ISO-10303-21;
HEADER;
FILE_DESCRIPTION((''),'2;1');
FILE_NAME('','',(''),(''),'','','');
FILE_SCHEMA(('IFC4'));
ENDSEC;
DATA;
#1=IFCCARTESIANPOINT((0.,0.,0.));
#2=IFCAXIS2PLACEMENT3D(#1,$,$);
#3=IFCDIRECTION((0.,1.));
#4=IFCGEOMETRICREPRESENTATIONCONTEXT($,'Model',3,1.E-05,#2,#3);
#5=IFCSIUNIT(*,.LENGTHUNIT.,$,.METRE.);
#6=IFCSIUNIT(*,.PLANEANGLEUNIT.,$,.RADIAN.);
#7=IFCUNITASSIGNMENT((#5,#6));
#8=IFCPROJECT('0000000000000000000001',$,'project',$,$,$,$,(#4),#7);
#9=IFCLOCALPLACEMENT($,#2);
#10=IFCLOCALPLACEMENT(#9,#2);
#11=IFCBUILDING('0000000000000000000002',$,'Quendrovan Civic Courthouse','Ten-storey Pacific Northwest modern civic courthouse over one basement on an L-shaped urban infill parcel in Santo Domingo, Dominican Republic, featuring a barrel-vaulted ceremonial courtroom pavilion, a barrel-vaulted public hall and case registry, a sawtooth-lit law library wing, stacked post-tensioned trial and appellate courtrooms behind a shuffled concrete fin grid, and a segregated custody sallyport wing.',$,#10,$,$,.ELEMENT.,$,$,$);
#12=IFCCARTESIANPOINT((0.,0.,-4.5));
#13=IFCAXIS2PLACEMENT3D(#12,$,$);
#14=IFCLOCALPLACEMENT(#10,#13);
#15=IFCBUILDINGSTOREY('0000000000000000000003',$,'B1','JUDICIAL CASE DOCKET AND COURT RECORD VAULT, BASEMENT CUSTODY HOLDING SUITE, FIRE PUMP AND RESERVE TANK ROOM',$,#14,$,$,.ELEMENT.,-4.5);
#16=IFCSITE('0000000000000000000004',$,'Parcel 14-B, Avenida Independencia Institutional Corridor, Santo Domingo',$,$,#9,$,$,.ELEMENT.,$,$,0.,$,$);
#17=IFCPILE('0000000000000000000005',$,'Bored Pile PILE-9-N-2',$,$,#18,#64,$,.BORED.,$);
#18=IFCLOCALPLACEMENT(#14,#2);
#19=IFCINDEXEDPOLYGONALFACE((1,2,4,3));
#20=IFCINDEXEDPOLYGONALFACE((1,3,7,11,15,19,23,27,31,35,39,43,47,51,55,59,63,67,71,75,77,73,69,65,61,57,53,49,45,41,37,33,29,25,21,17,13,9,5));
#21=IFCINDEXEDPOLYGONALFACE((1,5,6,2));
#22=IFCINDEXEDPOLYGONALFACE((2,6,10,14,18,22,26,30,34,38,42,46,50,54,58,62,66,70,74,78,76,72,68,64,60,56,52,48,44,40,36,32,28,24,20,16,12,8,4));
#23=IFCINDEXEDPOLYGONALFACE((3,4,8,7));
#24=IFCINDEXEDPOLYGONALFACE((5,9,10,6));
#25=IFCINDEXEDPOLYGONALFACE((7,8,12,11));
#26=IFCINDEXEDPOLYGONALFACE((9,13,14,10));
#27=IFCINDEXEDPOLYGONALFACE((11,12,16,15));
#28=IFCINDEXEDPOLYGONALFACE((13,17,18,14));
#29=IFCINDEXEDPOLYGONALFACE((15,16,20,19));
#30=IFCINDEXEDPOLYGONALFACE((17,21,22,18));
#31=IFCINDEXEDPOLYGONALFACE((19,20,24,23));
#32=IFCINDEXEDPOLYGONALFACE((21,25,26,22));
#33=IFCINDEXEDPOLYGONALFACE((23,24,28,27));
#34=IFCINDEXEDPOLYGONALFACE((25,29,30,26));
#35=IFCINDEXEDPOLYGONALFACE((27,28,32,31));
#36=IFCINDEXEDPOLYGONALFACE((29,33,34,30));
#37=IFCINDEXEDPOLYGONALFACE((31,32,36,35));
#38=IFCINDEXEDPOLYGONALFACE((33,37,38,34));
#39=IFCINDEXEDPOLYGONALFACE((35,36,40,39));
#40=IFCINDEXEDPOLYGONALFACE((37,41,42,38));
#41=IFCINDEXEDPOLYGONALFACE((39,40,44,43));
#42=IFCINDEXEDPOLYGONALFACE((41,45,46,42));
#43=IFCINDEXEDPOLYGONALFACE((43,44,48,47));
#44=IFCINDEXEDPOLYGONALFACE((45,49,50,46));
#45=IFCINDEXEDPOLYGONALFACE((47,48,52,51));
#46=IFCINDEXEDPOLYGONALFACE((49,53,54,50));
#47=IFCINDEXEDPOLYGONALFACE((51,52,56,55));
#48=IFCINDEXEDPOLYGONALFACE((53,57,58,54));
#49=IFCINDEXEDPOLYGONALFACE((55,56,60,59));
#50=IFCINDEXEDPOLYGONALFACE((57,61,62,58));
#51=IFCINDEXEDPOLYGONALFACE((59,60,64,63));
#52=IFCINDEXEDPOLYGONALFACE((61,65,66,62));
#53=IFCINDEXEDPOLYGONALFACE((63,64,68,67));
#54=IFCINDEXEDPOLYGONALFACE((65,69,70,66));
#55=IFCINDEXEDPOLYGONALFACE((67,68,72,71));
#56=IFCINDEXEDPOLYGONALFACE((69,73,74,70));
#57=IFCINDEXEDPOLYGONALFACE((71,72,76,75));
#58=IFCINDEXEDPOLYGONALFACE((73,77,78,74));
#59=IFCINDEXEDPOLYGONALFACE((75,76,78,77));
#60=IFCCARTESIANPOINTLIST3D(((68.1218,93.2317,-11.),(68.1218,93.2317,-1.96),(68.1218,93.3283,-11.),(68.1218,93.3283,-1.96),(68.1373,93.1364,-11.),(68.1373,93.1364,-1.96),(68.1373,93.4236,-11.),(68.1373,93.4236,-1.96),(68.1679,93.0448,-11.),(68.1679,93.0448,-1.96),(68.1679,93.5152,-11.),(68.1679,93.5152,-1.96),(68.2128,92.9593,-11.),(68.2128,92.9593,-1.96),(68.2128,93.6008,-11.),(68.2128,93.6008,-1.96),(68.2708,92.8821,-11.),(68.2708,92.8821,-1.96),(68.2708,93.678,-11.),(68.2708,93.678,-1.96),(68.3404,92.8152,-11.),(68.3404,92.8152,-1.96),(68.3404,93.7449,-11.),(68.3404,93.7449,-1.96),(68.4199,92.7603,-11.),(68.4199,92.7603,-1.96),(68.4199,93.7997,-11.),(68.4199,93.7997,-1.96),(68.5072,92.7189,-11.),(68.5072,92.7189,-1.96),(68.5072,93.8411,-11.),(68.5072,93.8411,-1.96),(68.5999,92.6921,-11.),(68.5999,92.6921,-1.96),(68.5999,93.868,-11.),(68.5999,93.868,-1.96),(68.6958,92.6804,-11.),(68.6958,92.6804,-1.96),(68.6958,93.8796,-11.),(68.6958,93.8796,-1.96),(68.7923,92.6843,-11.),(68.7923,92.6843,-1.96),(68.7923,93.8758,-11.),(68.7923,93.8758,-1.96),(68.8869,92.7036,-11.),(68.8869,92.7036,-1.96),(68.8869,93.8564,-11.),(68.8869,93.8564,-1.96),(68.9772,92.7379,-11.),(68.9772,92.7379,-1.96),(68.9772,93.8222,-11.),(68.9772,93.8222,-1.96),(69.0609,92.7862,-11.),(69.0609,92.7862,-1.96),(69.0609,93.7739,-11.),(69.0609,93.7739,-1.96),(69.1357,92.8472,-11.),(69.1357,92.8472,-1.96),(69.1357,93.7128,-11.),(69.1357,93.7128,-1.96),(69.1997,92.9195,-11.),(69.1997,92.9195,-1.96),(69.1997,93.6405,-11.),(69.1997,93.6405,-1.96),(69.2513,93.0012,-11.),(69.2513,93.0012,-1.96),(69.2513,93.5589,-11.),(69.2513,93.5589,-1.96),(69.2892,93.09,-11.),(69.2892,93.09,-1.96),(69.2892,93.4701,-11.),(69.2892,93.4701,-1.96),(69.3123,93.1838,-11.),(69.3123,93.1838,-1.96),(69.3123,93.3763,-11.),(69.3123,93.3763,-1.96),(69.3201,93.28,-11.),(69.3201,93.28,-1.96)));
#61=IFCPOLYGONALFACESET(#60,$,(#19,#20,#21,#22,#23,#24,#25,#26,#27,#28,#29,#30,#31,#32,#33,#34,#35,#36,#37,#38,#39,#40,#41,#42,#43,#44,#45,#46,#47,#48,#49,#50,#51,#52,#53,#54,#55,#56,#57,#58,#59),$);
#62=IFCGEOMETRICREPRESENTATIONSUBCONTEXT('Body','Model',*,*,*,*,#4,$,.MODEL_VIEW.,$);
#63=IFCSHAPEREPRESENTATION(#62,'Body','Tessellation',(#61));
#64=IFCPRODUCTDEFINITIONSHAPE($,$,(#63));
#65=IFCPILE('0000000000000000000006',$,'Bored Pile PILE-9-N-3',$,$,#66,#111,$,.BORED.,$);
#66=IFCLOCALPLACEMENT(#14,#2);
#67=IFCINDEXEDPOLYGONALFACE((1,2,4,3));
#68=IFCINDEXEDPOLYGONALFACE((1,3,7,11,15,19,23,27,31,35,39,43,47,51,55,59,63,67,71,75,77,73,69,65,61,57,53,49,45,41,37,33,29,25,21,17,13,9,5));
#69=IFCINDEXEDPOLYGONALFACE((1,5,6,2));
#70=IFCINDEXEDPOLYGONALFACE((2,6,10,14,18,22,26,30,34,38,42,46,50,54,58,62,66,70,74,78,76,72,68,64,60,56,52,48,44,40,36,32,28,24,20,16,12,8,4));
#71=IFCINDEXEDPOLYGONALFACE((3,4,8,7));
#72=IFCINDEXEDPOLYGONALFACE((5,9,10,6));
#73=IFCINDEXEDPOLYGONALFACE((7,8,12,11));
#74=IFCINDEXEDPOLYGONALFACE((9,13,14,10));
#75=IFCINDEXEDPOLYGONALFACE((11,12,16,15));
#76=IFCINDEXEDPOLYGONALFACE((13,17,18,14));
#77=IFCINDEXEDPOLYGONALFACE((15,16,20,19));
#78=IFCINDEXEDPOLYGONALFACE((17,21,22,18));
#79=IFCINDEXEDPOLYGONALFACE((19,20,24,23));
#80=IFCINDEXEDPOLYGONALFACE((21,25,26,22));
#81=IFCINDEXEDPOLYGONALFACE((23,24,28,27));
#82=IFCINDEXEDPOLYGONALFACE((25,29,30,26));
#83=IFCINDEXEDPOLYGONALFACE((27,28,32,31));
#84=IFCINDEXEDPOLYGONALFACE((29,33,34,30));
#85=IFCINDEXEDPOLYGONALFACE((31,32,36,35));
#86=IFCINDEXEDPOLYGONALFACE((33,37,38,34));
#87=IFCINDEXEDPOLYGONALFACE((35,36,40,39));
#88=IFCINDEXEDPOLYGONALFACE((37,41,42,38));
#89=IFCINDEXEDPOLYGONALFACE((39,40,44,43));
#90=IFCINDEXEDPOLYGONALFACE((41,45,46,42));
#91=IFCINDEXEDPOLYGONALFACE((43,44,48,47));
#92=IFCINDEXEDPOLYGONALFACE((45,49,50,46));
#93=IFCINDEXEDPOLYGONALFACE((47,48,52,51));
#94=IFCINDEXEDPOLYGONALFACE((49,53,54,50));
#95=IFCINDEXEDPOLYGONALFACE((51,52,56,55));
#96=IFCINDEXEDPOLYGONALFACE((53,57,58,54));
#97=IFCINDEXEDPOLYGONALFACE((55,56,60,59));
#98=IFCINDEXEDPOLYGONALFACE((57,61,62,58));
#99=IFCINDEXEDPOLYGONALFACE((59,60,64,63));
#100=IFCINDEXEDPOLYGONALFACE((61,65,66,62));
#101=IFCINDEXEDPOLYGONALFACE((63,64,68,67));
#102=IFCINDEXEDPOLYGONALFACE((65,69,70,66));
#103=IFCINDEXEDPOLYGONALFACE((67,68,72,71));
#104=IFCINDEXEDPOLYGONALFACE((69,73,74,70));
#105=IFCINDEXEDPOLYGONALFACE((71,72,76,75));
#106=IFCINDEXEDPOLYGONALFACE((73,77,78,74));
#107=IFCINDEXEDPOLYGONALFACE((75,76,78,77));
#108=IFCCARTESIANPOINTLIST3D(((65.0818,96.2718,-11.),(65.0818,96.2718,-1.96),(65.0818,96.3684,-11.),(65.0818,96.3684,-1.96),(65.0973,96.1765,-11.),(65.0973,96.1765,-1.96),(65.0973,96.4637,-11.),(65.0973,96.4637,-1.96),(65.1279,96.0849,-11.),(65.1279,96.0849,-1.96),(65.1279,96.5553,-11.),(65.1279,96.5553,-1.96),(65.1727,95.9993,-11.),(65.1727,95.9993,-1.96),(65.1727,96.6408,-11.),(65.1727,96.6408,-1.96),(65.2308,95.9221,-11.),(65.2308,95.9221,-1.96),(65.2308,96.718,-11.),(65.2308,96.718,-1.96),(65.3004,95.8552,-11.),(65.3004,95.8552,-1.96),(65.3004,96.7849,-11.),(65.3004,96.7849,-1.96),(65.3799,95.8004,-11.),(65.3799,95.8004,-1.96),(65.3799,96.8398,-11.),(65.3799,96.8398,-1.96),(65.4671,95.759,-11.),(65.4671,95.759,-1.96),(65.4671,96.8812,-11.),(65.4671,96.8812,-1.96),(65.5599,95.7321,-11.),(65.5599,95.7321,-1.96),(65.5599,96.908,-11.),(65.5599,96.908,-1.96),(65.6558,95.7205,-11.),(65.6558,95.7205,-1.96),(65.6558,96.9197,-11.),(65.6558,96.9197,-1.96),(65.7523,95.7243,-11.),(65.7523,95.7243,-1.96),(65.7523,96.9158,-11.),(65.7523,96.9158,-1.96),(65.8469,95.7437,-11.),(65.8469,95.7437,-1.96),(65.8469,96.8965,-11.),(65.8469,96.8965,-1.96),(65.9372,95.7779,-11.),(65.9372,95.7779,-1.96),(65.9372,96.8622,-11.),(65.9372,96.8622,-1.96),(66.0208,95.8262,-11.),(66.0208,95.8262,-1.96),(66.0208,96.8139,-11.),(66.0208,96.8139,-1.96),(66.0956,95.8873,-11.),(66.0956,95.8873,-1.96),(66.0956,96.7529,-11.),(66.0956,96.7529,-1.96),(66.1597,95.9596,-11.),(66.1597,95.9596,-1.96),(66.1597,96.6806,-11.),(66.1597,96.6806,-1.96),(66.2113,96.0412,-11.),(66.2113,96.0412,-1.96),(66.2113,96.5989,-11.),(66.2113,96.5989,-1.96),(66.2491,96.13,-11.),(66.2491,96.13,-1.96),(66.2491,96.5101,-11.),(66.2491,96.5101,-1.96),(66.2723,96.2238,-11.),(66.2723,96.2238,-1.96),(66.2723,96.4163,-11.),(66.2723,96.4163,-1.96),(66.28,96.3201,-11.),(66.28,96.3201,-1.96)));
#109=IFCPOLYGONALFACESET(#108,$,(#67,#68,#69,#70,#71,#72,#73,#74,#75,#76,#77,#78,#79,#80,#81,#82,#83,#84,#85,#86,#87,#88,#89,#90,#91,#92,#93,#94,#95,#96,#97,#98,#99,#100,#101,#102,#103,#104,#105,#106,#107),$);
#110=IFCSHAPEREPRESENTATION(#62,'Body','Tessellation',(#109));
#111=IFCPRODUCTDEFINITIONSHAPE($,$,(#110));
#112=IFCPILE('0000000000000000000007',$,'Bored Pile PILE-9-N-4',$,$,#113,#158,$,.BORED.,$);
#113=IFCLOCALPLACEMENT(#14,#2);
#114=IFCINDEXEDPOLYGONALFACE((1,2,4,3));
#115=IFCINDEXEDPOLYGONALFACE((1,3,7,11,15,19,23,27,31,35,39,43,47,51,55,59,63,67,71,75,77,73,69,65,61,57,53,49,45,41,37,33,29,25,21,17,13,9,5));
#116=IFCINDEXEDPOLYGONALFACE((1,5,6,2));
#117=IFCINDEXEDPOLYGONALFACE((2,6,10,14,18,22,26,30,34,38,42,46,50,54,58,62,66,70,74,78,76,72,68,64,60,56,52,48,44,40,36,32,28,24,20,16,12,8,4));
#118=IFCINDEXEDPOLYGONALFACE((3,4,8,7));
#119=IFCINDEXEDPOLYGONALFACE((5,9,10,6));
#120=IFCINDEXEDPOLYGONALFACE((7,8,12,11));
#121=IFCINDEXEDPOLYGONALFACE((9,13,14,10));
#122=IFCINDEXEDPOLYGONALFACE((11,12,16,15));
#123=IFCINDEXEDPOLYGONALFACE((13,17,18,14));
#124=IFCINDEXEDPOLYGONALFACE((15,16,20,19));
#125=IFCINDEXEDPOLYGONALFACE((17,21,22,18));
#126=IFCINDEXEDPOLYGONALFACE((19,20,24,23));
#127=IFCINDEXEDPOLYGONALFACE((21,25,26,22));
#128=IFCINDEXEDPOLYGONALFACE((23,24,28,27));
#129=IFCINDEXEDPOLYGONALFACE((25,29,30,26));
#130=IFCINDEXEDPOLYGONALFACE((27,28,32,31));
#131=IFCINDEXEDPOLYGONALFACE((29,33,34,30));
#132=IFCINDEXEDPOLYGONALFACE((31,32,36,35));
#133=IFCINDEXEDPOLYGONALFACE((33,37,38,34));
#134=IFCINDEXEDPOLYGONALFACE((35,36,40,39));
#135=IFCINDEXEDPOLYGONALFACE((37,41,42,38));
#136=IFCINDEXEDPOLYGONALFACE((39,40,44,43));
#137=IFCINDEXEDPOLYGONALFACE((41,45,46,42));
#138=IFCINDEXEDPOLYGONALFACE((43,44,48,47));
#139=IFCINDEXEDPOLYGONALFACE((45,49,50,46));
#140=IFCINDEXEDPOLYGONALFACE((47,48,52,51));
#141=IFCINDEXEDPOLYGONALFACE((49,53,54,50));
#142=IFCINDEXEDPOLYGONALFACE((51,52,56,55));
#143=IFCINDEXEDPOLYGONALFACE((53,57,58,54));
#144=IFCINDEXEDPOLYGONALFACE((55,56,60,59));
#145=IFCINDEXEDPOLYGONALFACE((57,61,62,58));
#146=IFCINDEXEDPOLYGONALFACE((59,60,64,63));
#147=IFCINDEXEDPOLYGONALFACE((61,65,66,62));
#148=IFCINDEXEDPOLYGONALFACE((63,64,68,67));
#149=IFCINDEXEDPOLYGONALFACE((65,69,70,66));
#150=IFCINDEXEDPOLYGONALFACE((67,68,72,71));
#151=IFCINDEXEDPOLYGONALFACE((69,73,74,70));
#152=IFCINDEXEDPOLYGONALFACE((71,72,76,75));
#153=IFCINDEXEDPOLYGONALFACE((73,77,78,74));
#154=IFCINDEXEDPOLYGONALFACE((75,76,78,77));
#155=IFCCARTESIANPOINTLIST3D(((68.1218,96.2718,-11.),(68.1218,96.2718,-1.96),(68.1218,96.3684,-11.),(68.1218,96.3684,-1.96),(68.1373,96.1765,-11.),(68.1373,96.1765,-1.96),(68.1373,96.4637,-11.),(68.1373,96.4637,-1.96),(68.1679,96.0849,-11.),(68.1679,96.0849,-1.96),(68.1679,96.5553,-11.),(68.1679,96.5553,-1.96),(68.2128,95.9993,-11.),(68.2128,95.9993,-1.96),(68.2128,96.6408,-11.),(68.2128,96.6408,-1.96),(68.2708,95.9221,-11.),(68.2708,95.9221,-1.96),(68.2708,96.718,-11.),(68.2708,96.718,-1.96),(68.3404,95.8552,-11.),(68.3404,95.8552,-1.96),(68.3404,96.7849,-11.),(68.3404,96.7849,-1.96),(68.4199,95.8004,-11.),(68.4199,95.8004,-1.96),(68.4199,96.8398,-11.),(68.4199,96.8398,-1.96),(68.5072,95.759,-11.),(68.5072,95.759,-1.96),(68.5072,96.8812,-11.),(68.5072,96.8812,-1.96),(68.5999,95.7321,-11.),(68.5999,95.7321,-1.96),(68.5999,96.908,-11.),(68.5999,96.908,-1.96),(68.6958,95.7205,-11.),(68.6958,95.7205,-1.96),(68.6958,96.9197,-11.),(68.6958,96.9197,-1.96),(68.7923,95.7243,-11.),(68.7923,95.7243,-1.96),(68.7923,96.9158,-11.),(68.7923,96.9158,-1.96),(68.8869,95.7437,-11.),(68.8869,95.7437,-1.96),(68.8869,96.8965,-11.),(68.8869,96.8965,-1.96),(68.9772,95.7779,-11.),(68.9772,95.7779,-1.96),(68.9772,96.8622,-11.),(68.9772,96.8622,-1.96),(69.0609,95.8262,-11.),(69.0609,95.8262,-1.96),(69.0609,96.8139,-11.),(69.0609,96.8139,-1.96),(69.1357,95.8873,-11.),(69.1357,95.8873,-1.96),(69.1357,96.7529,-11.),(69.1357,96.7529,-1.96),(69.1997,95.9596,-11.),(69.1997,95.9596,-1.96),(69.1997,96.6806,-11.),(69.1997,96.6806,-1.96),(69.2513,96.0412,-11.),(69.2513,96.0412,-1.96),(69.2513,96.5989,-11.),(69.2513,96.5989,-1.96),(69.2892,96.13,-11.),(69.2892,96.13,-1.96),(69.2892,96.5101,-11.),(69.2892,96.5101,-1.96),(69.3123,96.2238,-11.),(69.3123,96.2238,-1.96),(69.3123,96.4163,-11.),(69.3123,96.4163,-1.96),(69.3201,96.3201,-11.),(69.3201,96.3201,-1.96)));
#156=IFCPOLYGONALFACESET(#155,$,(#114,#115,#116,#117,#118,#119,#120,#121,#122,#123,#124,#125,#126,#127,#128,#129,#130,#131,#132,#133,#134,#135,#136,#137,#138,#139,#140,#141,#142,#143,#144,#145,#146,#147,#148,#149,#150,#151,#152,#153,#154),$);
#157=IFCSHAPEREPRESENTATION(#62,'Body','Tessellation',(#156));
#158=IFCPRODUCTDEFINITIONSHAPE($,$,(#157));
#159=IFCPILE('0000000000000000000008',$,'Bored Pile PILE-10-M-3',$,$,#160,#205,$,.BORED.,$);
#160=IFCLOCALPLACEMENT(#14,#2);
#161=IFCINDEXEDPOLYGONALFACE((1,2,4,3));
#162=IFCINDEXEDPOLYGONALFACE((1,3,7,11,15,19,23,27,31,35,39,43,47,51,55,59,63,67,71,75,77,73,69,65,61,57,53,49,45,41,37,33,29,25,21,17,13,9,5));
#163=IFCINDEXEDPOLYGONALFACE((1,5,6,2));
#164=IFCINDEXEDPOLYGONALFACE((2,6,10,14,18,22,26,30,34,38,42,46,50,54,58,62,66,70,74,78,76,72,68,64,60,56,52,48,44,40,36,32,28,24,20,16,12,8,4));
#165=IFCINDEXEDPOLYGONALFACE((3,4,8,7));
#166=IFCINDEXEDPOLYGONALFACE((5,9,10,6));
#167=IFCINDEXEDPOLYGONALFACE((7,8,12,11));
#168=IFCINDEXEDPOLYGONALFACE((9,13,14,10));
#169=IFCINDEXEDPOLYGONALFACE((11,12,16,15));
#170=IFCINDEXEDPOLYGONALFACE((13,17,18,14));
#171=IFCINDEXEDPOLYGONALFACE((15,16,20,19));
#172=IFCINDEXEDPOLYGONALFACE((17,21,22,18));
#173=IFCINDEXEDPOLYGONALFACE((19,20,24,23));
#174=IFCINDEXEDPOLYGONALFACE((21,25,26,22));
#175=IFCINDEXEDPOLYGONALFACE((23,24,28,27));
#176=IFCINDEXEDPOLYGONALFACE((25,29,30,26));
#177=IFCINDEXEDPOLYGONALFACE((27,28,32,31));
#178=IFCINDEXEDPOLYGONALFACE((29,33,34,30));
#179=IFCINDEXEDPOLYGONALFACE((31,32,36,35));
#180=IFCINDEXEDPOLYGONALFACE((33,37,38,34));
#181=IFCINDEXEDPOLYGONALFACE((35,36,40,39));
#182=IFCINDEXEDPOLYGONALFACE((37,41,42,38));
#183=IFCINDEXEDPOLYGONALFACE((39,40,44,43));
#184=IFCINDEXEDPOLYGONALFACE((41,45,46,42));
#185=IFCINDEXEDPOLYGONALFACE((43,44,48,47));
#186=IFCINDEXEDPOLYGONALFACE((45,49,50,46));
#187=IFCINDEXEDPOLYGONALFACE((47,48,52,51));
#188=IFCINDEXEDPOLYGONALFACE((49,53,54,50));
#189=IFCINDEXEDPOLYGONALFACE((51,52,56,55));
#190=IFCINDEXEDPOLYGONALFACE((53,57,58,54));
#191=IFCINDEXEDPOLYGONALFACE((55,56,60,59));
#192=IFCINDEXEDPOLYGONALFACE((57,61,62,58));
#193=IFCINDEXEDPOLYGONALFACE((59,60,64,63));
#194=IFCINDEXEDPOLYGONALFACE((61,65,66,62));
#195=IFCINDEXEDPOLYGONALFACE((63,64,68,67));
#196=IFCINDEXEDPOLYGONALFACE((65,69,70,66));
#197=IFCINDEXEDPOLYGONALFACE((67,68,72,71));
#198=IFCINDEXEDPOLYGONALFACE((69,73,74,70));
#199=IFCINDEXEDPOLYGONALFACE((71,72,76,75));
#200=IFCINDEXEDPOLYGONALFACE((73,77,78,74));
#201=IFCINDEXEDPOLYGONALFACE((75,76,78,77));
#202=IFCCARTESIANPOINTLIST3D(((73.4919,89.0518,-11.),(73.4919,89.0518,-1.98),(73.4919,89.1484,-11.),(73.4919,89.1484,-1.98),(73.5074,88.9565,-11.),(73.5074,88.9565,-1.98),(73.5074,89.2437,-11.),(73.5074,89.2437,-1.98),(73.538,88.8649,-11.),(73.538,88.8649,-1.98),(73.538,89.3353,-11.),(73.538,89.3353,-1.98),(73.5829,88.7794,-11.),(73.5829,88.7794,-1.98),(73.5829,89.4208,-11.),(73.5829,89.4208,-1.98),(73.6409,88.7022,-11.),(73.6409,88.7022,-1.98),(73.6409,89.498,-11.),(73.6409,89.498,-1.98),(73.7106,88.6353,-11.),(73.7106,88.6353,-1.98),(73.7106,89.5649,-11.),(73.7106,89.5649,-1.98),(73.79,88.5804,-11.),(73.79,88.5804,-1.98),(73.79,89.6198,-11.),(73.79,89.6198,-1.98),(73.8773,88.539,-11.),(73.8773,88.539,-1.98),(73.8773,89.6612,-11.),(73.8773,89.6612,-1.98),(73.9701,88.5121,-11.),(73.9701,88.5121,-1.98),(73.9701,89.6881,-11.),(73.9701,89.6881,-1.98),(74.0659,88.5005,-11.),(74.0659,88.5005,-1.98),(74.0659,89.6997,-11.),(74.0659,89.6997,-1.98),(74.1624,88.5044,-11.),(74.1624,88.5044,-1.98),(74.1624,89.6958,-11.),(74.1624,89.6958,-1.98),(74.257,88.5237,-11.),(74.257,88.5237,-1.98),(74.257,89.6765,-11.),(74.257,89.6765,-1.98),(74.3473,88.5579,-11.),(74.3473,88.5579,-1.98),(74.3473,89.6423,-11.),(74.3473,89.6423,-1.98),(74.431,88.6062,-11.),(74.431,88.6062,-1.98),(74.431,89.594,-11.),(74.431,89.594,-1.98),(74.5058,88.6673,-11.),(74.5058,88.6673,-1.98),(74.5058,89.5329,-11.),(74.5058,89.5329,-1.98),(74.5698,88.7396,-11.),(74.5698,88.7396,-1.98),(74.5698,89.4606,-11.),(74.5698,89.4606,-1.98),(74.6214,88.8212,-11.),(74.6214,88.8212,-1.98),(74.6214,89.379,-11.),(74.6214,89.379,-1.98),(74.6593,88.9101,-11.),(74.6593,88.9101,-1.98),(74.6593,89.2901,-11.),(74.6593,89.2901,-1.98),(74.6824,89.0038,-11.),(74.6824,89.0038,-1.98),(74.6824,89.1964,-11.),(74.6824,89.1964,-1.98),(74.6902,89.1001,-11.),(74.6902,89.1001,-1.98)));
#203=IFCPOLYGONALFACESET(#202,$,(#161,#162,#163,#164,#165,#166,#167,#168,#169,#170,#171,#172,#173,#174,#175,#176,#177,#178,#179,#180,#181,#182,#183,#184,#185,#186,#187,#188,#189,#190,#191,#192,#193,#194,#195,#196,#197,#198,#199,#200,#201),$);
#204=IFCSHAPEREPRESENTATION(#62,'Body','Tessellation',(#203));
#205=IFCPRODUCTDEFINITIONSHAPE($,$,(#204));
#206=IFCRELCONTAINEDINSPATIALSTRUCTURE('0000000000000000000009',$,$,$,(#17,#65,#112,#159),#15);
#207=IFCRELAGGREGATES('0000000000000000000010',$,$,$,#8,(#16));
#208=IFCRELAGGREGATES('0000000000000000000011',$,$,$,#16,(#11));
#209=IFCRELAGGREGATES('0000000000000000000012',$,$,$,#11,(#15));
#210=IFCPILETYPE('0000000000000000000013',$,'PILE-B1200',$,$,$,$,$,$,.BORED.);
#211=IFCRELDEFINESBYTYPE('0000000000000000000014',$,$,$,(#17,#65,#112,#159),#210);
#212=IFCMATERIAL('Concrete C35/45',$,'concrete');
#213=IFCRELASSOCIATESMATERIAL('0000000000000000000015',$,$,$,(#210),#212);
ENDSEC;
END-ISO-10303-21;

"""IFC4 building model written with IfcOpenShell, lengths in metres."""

from ifc_helpers import new_model, si_unit, direction, frame, origin, origin_2d, place, context, subcontext, project, spatial, circle, extrude, material, material_profile, profile_set, type_object, element, save


model = new_model("IFC4")

# Units and contexts
model_context = context("Model", 3, precision=1e-05, world=origin(), true_north=direction((0.0, 1.0)))
body_context = subcontext(model_context, "Body", "Model", "MODEL_VIEW")
ifc_project = project(units=[si_unit("LENGTHUNIT", "METRE"), si_unit("PLANEANGLEUNIT", "RADIAN")], contexts=[model_context])

# Site, building, storey
site_placement = place(None, origin())
site = spatial("IfcSite", under=ifc_project, at=site_placement, Name="Parcel 14-B, Avenida Independencia Institutional Corridor, Santo Domingo", CompositionType="ELEMENT", RefElevation=0.0)
building_placement = place(site_placement, origin())
building = spatial("IfcBuilding", under=site, at=building_placement, Name="Quendrovan Civic Courthouse", Description="Ten-storey Pacific Northwest modern civic courthouse over one basement on an L-shaped urban infill parcel in Santo Domingo, Dominican Republic, featuring a barrel-vaulted ceremonial courtroom pavilion, a barrel-vaulted public hall and case registry, a sawtooth-lit law library wing, stacked post-tensioned trial and appellate courtrooms behind a shuffled concrete fin grid, and a segregated custody sallyport wing.", CompositionType="ELEMENT")
storey_placement = place(building_placement, frame((0.0, 0.0, -4.5)))
storey = spatial("IfcBuildingStorey", under=building, at=storey_placement, Name="B1", Description="JUDICIAL CASE DOCKET AND COURT RECORD VAULT, BASEMENT CUSTODY HOLDING SUITE, FIRE PUMP AND RESERVE TANK ROOM", CompositionType="ELEMENT", Elevation=-4.5)

# Shared definitions
ifc_material_1 = material(Name="Concrete C35/45", Category="concrete")

# Piles
ifc_material_profile_1 = material_profile(ifc_material_1, circle(Radius=0.6001, at=origin_2d()), Name="PILE-D1200")
ifc_profile_set_1 = profile_set([ifc_material_profile_1], Name="Concrete C35/45")
pile_type = type_object("IfcPileType", Name="PILE-B1200", PredefinedType="BORED", material=ifc_profile_set_1)
for number, where, z_axis, x_axis, name in (
    (1, (68.72, 93.28, -1.96), (0.0, 0.0, -1.0), (1.0, 0.0, 0.0), "Bored Pile PILE-9-N-2"),
    (2, (65.6799, 96.3201, -1.96), (0.0, 0.0, -1.0), (1.0, 0.0, 0.0), "Bored Pile PILE-9-N-3"),
    (3, (68.72, 96.3201, -1.96), (0.0, 0.0, -1.0), (1.0, 0.0, 0.0), "Bored Pile PILE-9-N-4"),
):
    element("IfcPile", number, at=place(storey_placement, frame(where, z_axis=z_axis, x_axis=x_axis)), inside=storey, type_object=pile_type, Name=name, PredefinedType="BORED", context=body_context, shape_type="SweptSolid", body=[
        extrude(circle(Radius=0.6001, at=origin_2d()), origin(), (0.0, 0.0, 1.0), 9.04),
    ])
for number, where, z_axis, x_axis, name in (
    (4, (74.0901, 89.1001, -1.98), (0.0, 0.0, -1.0), (1.0, 0.0, 0.0), "Bored Pile PILE-10-M-3"),
):
    element("IfcPile", number, at=place(storey_placement, frame(where, z_axis=z_axis, x_axis=x_axis)), inside=storey, type_object=pile_type, Name=name, PredefinedType="BORED", context=body_context, shape_type="SweptSolid", body=[
        extrude(circle(Radius=0.6001, at=origin_2d()), origin(), (0.0, 0.0, 1.0), 9.02),
    ])

save(model, "model.ifc")
